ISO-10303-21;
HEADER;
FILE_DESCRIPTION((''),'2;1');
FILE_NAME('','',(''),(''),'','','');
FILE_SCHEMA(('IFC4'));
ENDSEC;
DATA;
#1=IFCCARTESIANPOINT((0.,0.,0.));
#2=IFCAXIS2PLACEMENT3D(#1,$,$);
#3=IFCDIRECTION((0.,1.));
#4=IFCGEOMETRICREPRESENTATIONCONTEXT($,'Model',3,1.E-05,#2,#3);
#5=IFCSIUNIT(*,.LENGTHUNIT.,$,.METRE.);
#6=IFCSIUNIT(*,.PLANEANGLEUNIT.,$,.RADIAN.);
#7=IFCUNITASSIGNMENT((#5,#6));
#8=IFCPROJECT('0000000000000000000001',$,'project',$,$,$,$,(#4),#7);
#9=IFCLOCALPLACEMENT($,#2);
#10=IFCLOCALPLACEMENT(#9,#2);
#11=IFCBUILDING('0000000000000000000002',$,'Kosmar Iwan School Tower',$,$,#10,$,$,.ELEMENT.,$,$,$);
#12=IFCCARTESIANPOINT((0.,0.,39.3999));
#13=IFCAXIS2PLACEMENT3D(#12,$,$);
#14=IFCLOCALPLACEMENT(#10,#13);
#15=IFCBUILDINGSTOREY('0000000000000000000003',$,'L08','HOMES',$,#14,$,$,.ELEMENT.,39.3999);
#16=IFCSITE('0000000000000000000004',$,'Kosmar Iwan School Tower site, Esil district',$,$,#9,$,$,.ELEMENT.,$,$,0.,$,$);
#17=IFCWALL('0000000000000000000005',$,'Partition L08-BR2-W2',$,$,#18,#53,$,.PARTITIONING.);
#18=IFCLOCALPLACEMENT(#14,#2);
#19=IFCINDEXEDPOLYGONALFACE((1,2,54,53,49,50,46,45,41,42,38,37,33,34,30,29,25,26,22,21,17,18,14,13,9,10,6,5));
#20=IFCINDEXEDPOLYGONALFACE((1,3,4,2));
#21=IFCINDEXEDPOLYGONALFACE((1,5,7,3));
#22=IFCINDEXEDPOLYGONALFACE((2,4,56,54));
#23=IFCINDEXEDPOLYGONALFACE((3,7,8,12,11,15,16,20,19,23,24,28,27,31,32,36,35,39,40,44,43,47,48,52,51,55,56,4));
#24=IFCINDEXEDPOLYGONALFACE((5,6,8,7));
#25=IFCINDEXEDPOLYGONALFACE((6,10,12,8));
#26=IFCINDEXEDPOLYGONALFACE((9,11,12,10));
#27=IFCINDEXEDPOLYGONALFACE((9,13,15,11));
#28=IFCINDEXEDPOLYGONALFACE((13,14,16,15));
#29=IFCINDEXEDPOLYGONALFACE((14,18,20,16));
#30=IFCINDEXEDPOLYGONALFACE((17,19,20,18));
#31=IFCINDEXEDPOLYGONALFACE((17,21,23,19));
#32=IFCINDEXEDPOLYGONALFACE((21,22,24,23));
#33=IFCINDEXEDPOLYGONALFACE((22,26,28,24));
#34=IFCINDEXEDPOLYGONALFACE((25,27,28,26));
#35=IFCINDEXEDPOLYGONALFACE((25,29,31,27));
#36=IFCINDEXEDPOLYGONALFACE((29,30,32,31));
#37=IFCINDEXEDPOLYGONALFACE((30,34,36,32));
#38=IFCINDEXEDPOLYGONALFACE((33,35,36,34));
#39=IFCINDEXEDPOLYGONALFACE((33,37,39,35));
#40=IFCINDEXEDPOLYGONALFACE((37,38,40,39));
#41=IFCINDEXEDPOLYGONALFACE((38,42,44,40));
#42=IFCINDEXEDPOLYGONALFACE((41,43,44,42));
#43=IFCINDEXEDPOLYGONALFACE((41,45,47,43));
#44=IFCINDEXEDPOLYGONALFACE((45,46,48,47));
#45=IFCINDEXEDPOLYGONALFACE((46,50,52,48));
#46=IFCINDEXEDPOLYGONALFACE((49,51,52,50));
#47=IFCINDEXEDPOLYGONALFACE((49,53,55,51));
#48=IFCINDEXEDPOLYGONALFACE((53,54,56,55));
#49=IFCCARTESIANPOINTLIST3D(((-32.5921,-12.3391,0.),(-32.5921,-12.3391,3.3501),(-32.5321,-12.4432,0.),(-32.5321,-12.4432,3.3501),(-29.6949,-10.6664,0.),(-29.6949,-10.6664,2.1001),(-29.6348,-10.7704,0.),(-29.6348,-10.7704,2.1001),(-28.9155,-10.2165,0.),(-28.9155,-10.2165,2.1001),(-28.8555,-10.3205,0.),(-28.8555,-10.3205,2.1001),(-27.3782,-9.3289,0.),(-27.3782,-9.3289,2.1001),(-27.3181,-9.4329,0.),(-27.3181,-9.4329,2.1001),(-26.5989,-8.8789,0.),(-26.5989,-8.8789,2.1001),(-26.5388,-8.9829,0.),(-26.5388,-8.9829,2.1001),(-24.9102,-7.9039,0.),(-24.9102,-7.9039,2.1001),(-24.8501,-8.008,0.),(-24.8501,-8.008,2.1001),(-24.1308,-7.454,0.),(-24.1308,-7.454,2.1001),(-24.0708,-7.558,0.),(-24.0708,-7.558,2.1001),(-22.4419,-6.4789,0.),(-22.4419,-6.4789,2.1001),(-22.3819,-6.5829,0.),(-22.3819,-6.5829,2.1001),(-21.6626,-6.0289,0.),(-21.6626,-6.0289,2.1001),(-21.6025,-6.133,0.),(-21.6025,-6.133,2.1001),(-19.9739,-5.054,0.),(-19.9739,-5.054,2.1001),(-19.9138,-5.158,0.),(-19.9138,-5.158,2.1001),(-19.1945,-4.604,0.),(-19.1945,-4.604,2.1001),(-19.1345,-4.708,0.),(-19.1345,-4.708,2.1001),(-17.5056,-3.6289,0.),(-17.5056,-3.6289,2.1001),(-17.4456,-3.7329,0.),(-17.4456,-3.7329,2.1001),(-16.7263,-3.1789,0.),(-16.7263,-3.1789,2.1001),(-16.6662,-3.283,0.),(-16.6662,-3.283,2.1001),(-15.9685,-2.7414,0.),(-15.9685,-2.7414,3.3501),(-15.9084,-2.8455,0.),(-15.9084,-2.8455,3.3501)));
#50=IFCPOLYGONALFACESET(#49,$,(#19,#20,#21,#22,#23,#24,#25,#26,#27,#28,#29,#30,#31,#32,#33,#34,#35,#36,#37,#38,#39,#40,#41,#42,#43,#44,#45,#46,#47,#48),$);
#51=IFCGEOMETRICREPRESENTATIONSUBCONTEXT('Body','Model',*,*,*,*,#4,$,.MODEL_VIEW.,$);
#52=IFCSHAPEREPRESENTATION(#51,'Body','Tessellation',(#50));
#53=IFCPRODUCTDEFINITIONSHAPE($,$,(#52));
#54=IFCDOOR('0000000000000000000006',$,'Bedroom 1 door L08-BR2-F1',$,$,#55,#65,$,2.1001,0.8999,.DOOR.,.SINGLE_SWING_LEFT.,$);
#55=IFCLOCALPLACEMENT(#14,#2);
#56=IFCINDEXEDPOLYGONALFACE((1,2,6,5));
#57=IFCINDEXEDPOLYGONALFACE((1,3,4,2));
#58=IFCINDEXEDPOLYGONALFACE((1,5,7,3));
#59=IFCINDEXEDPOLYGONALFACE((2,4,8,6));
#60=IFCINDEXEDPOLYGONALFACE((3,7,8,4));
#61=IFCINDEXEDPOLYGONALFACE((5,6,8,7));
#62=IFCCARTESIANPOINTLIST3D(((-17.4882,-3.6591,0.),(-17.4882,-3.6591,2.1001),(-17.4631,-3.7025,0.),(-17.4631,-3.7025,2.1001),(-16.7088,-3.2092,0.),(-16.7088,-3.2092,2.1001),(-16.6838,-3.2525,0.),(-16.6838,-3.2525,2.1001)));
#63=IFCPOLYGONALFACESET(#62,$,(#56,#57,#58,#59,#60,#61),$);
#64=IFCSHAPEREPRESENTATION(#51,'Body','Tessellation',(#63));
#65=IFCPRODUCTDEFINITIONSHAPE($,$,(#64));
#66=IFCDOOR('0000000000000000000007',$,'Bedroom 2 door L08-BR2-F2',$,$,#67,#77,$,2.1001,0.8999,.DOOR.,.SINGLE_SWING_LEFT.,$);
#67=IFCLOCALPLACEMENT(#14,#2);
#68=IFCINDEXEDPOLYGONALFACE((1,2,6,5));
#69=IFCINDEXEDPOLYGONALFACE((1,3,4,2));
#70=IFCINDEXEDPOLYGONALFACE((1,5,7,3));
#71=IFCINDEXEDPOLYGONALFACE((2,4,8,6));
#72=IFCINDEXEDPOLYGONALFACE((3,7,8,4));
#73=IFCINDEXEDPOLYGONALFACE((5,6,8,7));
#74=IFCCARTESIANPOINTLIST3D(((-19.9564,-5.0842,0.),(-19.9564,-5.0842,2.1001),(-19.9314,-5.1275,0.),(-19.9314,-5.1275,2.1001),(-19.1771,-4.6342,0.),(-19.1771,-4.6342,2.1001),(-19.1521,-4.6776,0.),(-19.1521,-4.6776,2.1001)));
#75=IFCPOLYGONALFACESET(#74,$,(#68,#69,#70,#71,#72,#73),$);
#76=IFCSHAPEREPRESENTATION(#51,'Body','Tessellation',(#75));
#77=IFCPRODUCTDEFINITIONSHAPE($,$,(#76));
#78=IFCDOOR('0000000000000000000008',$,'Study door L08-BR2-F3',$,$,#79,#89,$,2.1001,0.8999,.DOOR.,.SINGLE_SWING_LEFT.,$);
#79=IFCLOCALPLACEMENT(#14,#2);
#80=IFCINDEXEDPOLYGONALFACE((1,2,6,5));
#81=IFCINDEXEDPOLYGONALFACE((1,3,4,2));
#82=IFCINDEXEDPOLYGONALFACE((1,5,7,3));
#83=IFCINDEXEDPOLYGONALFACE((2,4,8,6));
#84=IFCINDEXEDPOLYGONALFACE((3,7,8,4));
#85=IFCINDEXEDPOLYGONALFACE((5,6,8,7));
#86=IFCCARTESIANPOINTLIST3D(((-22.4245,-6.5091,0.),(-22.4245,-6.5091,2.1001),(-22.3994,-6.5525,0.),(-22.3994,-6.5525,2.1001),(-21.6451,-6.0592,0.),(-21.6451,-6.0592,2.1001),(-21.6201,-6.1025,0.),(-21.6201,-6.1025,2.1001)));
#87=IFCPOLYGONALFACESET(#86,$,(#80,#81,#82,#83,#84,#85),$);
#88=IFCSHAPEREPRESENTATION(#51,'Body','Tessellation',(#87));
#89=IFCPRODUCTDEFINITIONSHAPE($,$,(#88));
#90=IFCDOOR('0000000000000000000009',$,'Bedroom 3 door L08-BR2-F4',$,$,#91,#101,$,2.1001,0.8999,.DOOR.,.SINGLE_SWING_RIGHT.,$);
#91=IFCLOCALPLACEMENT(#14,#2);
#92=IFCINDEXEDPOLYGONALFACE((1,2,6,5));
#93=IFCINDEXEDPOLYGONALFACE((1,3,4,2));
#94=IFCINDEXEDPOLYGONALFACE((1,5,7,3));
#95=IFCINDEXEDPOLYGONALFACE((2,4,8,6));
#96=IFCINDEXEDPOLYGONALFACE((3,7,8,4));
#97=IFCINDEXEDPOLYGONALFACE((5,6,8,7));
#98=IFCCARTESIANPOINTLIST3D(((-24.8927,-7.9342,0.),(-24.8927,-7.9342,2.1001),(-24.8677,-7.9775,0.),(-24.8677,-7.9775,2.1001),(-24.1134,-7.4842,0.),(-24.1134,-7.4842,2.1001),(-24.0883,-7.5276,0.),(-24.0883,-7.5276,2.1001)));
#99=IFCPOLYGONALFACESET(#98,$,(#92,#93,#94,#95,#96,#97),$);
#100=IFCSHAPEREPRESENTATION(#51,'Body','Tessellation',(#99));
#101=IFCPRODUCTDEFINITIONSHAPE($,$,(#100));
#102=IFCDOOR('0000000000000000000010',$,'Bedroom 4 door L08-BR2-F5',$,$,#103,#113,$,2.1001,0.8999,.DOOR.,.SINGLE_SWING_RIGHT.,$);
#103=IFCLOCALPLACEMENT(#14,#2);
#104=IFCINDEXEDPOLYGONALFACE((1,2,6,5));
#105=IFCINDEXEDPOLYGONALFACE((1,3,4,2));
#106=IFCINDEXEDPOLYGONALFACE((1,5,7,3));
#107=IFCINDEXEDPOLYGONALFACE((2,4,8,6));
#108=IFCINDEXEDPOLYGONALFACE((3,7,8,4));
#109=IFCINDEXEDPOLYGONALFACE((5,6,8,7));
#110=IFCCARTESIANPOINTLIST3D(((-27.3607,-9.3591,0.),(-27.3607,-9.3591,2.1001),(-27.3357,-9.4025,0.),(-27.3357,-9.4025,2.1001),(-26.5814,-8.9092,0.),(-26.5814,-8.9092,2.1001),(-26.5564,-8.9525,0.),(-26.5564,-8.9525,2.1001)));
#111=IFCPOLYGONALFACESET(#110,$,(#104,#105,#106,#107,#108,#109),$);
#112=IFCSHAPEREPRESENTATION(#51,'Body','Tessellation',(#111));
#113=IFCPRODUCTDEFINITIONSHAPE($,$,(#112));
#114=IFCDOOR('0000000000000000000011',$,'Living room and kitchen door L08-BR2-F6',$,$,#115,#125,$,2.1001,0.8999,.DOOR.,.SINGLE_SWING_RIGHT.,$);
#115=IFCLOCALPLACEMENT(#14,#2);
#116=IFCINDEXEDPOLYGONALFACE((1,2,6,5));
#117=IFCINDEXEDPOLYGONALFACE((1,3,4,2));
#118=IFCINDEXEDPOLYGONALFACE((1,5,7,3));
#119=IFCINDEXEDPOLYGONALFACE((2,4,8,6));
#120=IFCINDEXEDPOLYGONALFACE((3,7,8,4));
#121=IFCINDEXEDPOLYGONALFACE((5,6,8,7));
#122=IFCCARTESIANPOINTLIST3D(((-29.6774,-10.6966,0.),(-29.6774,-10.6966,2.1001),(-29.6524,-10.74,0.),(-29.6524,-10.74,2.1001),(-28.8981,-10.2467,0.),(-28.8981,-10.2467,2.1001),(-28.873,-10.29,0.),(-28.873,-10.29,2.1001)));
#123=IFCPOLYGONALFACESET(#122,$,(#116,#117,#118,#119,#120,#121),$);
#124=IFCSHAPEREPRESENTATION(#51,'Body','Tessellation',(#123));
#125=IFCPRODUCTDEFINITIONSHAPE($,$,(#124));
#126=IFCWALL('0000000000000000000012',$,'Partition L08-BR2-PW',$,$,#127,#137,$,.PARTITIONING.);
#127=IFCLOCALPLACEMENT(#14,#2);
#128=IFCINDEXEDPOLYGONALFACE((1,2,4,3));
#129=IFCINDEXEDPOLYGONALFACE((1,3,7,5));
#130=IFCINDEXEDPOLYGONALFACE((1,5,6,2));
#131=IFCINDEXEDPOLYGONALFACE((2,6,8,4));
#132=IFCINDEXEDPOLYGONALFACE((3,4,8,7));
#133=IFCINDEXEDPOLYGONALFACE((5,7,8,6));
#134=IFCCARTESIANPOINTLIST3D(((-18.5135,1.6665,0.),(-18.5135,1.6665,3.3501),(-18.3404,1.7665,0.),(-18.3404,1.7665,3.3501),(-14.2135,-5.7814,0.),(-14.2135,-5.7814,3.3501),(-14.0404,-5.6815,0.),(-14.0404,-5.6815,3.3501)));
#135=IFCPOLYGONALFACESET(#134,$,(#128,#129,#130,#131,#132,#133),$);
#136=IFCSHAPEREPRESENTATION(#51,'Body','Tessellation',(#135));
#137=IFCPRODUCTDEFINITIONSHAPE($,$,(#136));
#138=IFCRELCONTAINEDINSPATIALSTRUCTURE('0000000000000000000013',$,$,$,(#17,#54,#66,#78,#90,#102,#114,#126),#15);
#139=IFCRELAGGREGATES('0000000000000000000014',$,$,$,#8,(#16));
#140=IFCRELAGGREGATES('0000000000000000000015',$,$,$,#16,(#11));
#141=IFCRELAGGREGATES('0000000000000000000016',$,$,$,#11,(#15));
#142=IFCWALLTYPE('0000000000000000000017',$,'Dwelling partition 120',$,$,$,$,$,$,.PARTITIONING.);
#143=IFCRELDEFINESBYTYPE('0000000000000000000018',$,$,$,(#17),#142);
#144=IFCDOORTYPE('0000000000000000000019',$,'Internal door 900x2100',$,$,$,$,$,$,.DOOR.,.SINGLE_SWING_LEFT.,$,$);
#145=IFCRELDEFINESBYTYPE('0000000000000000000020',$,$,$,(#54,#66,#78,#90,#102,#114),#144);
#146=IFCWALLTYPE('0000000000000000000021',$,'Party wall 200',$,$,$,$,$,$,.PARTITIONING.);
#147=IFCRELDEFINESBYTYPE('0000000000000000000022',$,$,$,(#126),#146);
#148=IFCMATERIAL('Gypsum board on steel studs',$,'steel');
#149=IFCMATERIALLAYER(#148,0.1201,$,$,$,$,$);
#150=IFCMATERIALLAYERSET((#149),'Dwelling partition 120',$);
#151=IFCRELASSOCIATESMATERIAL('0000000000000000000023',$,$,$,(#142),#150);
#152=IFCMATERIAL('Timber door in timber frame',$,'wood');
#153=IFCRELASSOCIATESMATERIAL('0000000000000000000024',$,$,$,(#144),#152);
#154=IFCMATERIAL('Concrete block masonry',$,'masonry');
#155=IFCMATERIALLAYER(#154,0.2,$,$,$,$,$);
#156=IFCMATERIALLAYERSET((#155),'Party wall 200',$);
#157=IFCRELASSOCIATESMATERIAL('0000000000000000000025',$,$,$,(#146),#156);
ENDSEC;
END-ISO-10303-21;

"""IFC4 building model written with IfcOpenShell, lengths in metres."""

from ifc_helpers import new_model, si_unit, direction, frame, frame_2d, origin, place, context, subcontext, project, spatial, rectangle, extrude, material, layer, layer_set, type_object, element, fill, save


model = new_model("IFC4")

# Units and contexts
model_context = context("Model", 3, precision=1e-05, world=origin(), true_north=direction((0.0, 1.0)))
body_context = subcontext(model_context, "Body", "Model", "MODEL_VIEW")
ifc_project = project(units=[si_unit("LENGTHUNIT", "METRE"), si_unit("PLANEANGLEUNIT", "RADIAN")], contexts=[model_context])

# Site, building, storey
site_placement = place(None, origin())
site = spatial("IfcSite", under=ifc_project, at=site_placement, Name="Kosmar Iwan School Tower site, Esil district", CompositionType="ELEMENT", RefElevation=0.0)
building_placement = place(site_placement, origin())
building = spatial("IfcBuilding", under=site, at=building_placement, Name="Kosmar Iwan School Tower", CompositionType="ELEMENT")
storey_placement = place(building_placement, frame((0.0, 0.0, 39.3999)))
storey = spatial("IfcBuildingStorey", under=building, at=storey_placement, Name="L08", Description="HOMES", CompositionType="ELEMENT", Elevation=39.3999)

# Wall, openings, doors
ifc_material_1 = material(Name="Gypsum board on steel studs", Category="steel")
ifc_layer_1 = layer(ifc_material_1, 0.1201)
ifc_layer_set_1 = layer_set([ifc_layer_1], Name="Dwelling partition 120")
wall_type_1 = type_object("IfcWallType", Name="Dwelling partition 120", PredefinedType="PARTITIONING", material=ifc_layer_set_1)
ifc_material_2 = material(Name="Timber door in timber frame", Category="wood")
door_type_1 = type_object("IfcDoorType", Name="Internal door 900x2100", OperationType="SINGLE_SWING_LEFT", PredefinedType="DOOR", material=ifc_material_2)
wall_1_placement = place(storey_placement, frame((-15.9385, -2.7935, 0.0), z_axis=(0.0, 0.0, 1.0), x_axis=(-0.866024, -0.500002, 0.0)))
wall_1 = element("IfcWall", 1, at=wall_1_placement, inside=storey, type_object=wall_type_1, Name="Partition L08-BR2-W2", PredefinedType="PARTITIONING", context=body_context, shape_type="SweptSolid", body=[
    extrude(rectangle(XDim=19.1953, YDim=0.1201, at=frame_2d((9.5977, 0.0))), origin(), (0.0, 0.0, 1.0), 3.3501),
])
opening_1_placement = place(wall_1_placement, frame((0.875, 0.0, 0.0)))
opening_1 = element("IfcOpeningElement", 2, at=opening_1_placement, cuts=wall_1, PredefinedType="OPENING", context=body_context, shape_type="SweptSolid", body=[
    extrude(rectangle(XDim=0.8999, YDim=2.1001, at=frame_2d((0.45, 1.05))), frame((0.0, 0.072, 0.0), z_axis=(0.0, -1.0, 0.0), x_axis=(1.0, 0.0, 0.0)), (0.0, 0.0, 1.0), 0.144),
])
opening_2_placement = place(wall_1_placement, frame((3.7251, 0.0, 0.0)))
opening_2 = element("IfcOpeningElement", 3, at=opening_2_placement, cuts=wall_1, PredefinedType="OPENING", context=body_context, shape_type="SweptSolid", body=[
    extrude(rectangle(XDim=0.8999, YDim=2.1001, at=frame_2d((0.45, 1.05))), frame((0.0, 0.072, 0.0), z_axis=(0.0, -1.0, 0.0), x_axis=(1.0, 0.0, 0.0)), (0.0, 0.0, 1.0), 0.144),
])
opening_3_placement = place(wall_1_placement, frame((6.575, 0.0, 0.0)))
opening_3 = element("IfcOpeningElement", 4, at=opening_3_placement, cuts=wall_1, PredefinedType="OPENING", context=body_context, shape_type="SweptSolid", body=[
    extrude(rectangle(XDim=0.8999, YDim=2.1001, at=frame_2d((0.45, 1.05))), frame((0.0, 0.072, 0.0), z_axis=(0.0, -1.0, 0.0), x_axis=(1.0, 0.0, 0.0)), (0.0, 0.0, 1.0), 0.144),
])
opening_4_placement = place(wall_1_placement, frame((9.425, 0.0, 0.0)))
opening_4 = element("IfcOpeningElement", 5, at=opening_4_placement, cuts=wall_1, PredefinedType="OPENING", context=body_context, shape_type="SweptSolid", body=[
    extrude(rectangle(XDim=0.8999, YDim=2.1001, at=frame_2d((0.45, 1.05))), frame((0.0, 0.072, 0.0), z_axis=(0.0, -1.0, 0.0), x_axis=(1.0, 0.0, 0.0)), (0.0, 0.0, 1.0), 0.144),
])
opening_5_placement = place(wall_1_placement, frame((12.2749, 0.0, 0.0)))
opening_5 = element("IfcOpeningElement", 6, at=opening_5_placement, cuts=wall_1, PredefinedType="OPENING", context=body_context, shape_type="SweptSolid", body=[
    extrude(rectangle(XDim=0.8999, YDim=2.1001, at=frame_2d((0.45, 1.05))), frame((0.0, 0.072, 0.0), z_axis=(0.0, -1.0, 0.0), x_axis=(1.0, 0.0, 0.0)), (0.0, 0.0, 1.0), 0.144),
])
opening_6_placement = place(wall_1_placement, frame((14.95, 0.0, 0.0)))
opening_6 = element("IfcOpeningElement", 7, at=opening_6_placement, cuts=wall_1, PredefinedType="OPENING", context=body_context, shape_type="SweptSolid", body=[
    extrude(rectangle(XDim=0.8999, YDim=2.1001, at=frame_2d((0.45, 1.05))), frame((0.0, 0.072, 0.0), z_axis=(0.0, -1.0, 0.0), x_axis=(1.0, 0.0, 0.0)), (0.0, 0.0, 1.0), 0.144),
])
door_1_placement = place(opening_1_placement, origin())
door_1 = element("IfcDoor", 8, at=door_1_placement, inside=storey, type_object=door_type_1, Name="Bedroom 1 door L08-BR2-F1", OperationType="SINGLE_SWING_LEFT", OverallHeight=2.1001, OverallWidth=0.8999, PredefinedType="DOOR", context=body_context, shape_type="SweptSolid", body=[
    extrude(rectangle(XDim=0.8999, YDim=2.1001, at=frame_2d((0.45, 1.05))), frame((0.0, 0.0249, 0.0), z_axis=(0.0, -1.0, 0.0), x_axis=(1.0, 0.0, 0.0)), (0.0, 0.0, 1.0), 0.05),
])
fill(opening_1, door_1)
door_2_placement = place(opening_2_placement, origin())
door_2 = element("IfcDoor", 9, at=door_2_placement, inside=storey, type_object=door_type_1, Name="Bedroom 2 door L08-BR2-F2", OperationType="SINGLE_SWING_LEFT", OverallHeight=2.1001, OverallWidth=0.8999, PredefinedType="DOOR", context=body_context, shape_type="SweptSolid", body=[
    extrude(rectangle(XDim=0.8999, YDim=2.1001, at=frame_2d((0.45, 1.05))), frame((0.0, 0.0249, 0.0), z_axis=(0.0, -1.0, 0.0), x_axis=(1.0, 0.0, 0.0)), (0.0, 0.0, 1.0), 0.05),
])
fill(opening_2, door_2)
door_3_placement = place(opening_3_placement, origin())
door_3 = element("IfcDoor", 10, at=door_3_placement, inside=storey, type_object=door_type_1, Name="Study door L08-BR2-F3", OperationType="SINGLE_SWING_LEFT", OverallHeight=2.1001, OverallWidth=0.8999, PredefinedType="DOOR", context=body_context, shape_type="SweptSolid", body=[
    extrude(rectangle(XDim=0.8999, YDim=2.1001, at=frame_2d((0.45, 1.05))), frame((0.0, 0.0249, 0.0), z_axis=(0.0, -1.0, 0.0), x_axis=(1.0, 0.0, 0.0)), (0.0, 0.0, 1.0), 0.05),
])
fill(opening_3, door_3)
door_4_placement = place(opening_4_placement, origin())
door_4 = element("IfcDoor", 11, at=door_4_placement, inside=storey, type_object=door_type_1, Name="Bedroom 3 door L08-BR2-F4", OperationType="SINGLE_SWING_RIGHT", OverallHeight=2.1001, OverallWidth=0.8999, PredefinedType="DOOR", context=body_context, shape_type="SweptSolid", body=[
    extrude(rectangle(XDim=0.8999, YDim=2.1001, at=frame_2d((0.45, 1.05))), frame((0.0, 0.0249, 0.0), z_axis=(0.0, -1.0, 0.0), x_axis=(1.0, 0.0, 0.0)), (0.0, 0.0, 1.0), 0.05),
])
fill(opening_4, door_4)
door_5_placement = place(opening_5_placement, origin())
door_5 = element("IfcDoor", 12, at=door_5_placement, inside=storey, type_object=door_type_1, Name="Bedroom 4 door L08-BR2-F5", OperationType="SINGLE_SWING_RIGHT", OverallHeight=2.1001, OverallWidth=0.8999, PredefinedType="DOOR", context=body_context, shape_type="SweptSolid", body=[
    extrude(rectangle(XDim=0.8999, YDim=2.1001, at=frame_2d((0.45, 1.05))), frame((0.0, 0.0249, 0.0), z_axis=(0.0, -1.0, 0.0), x_axis=(1.0, 0.0, 0.0)), (0.0, 0.0, 1.0), 0.05),
])
fill(opening_5, door_5)
door_6_placement = place(opening_6_placement, origin())
door_6 = element("IfcDoor", 13, at=door_6_placement, inside=storey, type_object=door_type_1, Name="Living room and kitchen door L08-BR2-F6", OperationType="SINGLE_SWING_RIGHT", OverallHeight=2.1001, OverallWidth=0.8999, PredefinedType="DOOR", context=body_context, shape_type="SweptSolid", body=[
    extrude(rectangle(XDim=0.8999, YDim=2.1001, at=frame_2d((0.45, 1.05))), frame((0.0, 0.0249, 0.0), z_axis=(0.0, -1.0, 0.0), x_axis=(1.0, 0.0, 0.0)), (0.0, 0.0, 1.0), 0.05),
])
fill(opening_6, door_6)

# Wall
ifc_material_3 = material(Name="Concrete block masonry", Category="masonry")
ifc_layer_2 = layer(ifc_material_3, 0.2)
ifc_layer_set_2 = layer_set([ifc_layer_2], Name="Party wall 200")
wall_type_2 = type_object("IfcWallType", Name="Party wall 200", PredefinedType="PARTITIONING", material=ifc_layer_set_2)
wall_2_placement = place(storey_placement, frame((-14.127, -5.7314, 0.0), z_axis=(0.0, 0.0, 1.0), x_axis=(-0.499995, 0.866028, 0.0)))
element("IfcWall", 14, at=wall_2_placement, inside=storey, type_object=wall_type_2, Name="Partition L08-BR2-PW", PredefinedType="PARTITIONING", context=body_context, shape_type="SweptSolid", body=[
    extrude(rectangle(XDim=8.6001, YDim=0.2, at=frame_2d((4.3, 0.0))), origin(), (0.0, 0.0, 1.0), 3.3501),
])

save(model, "model.ifc")
